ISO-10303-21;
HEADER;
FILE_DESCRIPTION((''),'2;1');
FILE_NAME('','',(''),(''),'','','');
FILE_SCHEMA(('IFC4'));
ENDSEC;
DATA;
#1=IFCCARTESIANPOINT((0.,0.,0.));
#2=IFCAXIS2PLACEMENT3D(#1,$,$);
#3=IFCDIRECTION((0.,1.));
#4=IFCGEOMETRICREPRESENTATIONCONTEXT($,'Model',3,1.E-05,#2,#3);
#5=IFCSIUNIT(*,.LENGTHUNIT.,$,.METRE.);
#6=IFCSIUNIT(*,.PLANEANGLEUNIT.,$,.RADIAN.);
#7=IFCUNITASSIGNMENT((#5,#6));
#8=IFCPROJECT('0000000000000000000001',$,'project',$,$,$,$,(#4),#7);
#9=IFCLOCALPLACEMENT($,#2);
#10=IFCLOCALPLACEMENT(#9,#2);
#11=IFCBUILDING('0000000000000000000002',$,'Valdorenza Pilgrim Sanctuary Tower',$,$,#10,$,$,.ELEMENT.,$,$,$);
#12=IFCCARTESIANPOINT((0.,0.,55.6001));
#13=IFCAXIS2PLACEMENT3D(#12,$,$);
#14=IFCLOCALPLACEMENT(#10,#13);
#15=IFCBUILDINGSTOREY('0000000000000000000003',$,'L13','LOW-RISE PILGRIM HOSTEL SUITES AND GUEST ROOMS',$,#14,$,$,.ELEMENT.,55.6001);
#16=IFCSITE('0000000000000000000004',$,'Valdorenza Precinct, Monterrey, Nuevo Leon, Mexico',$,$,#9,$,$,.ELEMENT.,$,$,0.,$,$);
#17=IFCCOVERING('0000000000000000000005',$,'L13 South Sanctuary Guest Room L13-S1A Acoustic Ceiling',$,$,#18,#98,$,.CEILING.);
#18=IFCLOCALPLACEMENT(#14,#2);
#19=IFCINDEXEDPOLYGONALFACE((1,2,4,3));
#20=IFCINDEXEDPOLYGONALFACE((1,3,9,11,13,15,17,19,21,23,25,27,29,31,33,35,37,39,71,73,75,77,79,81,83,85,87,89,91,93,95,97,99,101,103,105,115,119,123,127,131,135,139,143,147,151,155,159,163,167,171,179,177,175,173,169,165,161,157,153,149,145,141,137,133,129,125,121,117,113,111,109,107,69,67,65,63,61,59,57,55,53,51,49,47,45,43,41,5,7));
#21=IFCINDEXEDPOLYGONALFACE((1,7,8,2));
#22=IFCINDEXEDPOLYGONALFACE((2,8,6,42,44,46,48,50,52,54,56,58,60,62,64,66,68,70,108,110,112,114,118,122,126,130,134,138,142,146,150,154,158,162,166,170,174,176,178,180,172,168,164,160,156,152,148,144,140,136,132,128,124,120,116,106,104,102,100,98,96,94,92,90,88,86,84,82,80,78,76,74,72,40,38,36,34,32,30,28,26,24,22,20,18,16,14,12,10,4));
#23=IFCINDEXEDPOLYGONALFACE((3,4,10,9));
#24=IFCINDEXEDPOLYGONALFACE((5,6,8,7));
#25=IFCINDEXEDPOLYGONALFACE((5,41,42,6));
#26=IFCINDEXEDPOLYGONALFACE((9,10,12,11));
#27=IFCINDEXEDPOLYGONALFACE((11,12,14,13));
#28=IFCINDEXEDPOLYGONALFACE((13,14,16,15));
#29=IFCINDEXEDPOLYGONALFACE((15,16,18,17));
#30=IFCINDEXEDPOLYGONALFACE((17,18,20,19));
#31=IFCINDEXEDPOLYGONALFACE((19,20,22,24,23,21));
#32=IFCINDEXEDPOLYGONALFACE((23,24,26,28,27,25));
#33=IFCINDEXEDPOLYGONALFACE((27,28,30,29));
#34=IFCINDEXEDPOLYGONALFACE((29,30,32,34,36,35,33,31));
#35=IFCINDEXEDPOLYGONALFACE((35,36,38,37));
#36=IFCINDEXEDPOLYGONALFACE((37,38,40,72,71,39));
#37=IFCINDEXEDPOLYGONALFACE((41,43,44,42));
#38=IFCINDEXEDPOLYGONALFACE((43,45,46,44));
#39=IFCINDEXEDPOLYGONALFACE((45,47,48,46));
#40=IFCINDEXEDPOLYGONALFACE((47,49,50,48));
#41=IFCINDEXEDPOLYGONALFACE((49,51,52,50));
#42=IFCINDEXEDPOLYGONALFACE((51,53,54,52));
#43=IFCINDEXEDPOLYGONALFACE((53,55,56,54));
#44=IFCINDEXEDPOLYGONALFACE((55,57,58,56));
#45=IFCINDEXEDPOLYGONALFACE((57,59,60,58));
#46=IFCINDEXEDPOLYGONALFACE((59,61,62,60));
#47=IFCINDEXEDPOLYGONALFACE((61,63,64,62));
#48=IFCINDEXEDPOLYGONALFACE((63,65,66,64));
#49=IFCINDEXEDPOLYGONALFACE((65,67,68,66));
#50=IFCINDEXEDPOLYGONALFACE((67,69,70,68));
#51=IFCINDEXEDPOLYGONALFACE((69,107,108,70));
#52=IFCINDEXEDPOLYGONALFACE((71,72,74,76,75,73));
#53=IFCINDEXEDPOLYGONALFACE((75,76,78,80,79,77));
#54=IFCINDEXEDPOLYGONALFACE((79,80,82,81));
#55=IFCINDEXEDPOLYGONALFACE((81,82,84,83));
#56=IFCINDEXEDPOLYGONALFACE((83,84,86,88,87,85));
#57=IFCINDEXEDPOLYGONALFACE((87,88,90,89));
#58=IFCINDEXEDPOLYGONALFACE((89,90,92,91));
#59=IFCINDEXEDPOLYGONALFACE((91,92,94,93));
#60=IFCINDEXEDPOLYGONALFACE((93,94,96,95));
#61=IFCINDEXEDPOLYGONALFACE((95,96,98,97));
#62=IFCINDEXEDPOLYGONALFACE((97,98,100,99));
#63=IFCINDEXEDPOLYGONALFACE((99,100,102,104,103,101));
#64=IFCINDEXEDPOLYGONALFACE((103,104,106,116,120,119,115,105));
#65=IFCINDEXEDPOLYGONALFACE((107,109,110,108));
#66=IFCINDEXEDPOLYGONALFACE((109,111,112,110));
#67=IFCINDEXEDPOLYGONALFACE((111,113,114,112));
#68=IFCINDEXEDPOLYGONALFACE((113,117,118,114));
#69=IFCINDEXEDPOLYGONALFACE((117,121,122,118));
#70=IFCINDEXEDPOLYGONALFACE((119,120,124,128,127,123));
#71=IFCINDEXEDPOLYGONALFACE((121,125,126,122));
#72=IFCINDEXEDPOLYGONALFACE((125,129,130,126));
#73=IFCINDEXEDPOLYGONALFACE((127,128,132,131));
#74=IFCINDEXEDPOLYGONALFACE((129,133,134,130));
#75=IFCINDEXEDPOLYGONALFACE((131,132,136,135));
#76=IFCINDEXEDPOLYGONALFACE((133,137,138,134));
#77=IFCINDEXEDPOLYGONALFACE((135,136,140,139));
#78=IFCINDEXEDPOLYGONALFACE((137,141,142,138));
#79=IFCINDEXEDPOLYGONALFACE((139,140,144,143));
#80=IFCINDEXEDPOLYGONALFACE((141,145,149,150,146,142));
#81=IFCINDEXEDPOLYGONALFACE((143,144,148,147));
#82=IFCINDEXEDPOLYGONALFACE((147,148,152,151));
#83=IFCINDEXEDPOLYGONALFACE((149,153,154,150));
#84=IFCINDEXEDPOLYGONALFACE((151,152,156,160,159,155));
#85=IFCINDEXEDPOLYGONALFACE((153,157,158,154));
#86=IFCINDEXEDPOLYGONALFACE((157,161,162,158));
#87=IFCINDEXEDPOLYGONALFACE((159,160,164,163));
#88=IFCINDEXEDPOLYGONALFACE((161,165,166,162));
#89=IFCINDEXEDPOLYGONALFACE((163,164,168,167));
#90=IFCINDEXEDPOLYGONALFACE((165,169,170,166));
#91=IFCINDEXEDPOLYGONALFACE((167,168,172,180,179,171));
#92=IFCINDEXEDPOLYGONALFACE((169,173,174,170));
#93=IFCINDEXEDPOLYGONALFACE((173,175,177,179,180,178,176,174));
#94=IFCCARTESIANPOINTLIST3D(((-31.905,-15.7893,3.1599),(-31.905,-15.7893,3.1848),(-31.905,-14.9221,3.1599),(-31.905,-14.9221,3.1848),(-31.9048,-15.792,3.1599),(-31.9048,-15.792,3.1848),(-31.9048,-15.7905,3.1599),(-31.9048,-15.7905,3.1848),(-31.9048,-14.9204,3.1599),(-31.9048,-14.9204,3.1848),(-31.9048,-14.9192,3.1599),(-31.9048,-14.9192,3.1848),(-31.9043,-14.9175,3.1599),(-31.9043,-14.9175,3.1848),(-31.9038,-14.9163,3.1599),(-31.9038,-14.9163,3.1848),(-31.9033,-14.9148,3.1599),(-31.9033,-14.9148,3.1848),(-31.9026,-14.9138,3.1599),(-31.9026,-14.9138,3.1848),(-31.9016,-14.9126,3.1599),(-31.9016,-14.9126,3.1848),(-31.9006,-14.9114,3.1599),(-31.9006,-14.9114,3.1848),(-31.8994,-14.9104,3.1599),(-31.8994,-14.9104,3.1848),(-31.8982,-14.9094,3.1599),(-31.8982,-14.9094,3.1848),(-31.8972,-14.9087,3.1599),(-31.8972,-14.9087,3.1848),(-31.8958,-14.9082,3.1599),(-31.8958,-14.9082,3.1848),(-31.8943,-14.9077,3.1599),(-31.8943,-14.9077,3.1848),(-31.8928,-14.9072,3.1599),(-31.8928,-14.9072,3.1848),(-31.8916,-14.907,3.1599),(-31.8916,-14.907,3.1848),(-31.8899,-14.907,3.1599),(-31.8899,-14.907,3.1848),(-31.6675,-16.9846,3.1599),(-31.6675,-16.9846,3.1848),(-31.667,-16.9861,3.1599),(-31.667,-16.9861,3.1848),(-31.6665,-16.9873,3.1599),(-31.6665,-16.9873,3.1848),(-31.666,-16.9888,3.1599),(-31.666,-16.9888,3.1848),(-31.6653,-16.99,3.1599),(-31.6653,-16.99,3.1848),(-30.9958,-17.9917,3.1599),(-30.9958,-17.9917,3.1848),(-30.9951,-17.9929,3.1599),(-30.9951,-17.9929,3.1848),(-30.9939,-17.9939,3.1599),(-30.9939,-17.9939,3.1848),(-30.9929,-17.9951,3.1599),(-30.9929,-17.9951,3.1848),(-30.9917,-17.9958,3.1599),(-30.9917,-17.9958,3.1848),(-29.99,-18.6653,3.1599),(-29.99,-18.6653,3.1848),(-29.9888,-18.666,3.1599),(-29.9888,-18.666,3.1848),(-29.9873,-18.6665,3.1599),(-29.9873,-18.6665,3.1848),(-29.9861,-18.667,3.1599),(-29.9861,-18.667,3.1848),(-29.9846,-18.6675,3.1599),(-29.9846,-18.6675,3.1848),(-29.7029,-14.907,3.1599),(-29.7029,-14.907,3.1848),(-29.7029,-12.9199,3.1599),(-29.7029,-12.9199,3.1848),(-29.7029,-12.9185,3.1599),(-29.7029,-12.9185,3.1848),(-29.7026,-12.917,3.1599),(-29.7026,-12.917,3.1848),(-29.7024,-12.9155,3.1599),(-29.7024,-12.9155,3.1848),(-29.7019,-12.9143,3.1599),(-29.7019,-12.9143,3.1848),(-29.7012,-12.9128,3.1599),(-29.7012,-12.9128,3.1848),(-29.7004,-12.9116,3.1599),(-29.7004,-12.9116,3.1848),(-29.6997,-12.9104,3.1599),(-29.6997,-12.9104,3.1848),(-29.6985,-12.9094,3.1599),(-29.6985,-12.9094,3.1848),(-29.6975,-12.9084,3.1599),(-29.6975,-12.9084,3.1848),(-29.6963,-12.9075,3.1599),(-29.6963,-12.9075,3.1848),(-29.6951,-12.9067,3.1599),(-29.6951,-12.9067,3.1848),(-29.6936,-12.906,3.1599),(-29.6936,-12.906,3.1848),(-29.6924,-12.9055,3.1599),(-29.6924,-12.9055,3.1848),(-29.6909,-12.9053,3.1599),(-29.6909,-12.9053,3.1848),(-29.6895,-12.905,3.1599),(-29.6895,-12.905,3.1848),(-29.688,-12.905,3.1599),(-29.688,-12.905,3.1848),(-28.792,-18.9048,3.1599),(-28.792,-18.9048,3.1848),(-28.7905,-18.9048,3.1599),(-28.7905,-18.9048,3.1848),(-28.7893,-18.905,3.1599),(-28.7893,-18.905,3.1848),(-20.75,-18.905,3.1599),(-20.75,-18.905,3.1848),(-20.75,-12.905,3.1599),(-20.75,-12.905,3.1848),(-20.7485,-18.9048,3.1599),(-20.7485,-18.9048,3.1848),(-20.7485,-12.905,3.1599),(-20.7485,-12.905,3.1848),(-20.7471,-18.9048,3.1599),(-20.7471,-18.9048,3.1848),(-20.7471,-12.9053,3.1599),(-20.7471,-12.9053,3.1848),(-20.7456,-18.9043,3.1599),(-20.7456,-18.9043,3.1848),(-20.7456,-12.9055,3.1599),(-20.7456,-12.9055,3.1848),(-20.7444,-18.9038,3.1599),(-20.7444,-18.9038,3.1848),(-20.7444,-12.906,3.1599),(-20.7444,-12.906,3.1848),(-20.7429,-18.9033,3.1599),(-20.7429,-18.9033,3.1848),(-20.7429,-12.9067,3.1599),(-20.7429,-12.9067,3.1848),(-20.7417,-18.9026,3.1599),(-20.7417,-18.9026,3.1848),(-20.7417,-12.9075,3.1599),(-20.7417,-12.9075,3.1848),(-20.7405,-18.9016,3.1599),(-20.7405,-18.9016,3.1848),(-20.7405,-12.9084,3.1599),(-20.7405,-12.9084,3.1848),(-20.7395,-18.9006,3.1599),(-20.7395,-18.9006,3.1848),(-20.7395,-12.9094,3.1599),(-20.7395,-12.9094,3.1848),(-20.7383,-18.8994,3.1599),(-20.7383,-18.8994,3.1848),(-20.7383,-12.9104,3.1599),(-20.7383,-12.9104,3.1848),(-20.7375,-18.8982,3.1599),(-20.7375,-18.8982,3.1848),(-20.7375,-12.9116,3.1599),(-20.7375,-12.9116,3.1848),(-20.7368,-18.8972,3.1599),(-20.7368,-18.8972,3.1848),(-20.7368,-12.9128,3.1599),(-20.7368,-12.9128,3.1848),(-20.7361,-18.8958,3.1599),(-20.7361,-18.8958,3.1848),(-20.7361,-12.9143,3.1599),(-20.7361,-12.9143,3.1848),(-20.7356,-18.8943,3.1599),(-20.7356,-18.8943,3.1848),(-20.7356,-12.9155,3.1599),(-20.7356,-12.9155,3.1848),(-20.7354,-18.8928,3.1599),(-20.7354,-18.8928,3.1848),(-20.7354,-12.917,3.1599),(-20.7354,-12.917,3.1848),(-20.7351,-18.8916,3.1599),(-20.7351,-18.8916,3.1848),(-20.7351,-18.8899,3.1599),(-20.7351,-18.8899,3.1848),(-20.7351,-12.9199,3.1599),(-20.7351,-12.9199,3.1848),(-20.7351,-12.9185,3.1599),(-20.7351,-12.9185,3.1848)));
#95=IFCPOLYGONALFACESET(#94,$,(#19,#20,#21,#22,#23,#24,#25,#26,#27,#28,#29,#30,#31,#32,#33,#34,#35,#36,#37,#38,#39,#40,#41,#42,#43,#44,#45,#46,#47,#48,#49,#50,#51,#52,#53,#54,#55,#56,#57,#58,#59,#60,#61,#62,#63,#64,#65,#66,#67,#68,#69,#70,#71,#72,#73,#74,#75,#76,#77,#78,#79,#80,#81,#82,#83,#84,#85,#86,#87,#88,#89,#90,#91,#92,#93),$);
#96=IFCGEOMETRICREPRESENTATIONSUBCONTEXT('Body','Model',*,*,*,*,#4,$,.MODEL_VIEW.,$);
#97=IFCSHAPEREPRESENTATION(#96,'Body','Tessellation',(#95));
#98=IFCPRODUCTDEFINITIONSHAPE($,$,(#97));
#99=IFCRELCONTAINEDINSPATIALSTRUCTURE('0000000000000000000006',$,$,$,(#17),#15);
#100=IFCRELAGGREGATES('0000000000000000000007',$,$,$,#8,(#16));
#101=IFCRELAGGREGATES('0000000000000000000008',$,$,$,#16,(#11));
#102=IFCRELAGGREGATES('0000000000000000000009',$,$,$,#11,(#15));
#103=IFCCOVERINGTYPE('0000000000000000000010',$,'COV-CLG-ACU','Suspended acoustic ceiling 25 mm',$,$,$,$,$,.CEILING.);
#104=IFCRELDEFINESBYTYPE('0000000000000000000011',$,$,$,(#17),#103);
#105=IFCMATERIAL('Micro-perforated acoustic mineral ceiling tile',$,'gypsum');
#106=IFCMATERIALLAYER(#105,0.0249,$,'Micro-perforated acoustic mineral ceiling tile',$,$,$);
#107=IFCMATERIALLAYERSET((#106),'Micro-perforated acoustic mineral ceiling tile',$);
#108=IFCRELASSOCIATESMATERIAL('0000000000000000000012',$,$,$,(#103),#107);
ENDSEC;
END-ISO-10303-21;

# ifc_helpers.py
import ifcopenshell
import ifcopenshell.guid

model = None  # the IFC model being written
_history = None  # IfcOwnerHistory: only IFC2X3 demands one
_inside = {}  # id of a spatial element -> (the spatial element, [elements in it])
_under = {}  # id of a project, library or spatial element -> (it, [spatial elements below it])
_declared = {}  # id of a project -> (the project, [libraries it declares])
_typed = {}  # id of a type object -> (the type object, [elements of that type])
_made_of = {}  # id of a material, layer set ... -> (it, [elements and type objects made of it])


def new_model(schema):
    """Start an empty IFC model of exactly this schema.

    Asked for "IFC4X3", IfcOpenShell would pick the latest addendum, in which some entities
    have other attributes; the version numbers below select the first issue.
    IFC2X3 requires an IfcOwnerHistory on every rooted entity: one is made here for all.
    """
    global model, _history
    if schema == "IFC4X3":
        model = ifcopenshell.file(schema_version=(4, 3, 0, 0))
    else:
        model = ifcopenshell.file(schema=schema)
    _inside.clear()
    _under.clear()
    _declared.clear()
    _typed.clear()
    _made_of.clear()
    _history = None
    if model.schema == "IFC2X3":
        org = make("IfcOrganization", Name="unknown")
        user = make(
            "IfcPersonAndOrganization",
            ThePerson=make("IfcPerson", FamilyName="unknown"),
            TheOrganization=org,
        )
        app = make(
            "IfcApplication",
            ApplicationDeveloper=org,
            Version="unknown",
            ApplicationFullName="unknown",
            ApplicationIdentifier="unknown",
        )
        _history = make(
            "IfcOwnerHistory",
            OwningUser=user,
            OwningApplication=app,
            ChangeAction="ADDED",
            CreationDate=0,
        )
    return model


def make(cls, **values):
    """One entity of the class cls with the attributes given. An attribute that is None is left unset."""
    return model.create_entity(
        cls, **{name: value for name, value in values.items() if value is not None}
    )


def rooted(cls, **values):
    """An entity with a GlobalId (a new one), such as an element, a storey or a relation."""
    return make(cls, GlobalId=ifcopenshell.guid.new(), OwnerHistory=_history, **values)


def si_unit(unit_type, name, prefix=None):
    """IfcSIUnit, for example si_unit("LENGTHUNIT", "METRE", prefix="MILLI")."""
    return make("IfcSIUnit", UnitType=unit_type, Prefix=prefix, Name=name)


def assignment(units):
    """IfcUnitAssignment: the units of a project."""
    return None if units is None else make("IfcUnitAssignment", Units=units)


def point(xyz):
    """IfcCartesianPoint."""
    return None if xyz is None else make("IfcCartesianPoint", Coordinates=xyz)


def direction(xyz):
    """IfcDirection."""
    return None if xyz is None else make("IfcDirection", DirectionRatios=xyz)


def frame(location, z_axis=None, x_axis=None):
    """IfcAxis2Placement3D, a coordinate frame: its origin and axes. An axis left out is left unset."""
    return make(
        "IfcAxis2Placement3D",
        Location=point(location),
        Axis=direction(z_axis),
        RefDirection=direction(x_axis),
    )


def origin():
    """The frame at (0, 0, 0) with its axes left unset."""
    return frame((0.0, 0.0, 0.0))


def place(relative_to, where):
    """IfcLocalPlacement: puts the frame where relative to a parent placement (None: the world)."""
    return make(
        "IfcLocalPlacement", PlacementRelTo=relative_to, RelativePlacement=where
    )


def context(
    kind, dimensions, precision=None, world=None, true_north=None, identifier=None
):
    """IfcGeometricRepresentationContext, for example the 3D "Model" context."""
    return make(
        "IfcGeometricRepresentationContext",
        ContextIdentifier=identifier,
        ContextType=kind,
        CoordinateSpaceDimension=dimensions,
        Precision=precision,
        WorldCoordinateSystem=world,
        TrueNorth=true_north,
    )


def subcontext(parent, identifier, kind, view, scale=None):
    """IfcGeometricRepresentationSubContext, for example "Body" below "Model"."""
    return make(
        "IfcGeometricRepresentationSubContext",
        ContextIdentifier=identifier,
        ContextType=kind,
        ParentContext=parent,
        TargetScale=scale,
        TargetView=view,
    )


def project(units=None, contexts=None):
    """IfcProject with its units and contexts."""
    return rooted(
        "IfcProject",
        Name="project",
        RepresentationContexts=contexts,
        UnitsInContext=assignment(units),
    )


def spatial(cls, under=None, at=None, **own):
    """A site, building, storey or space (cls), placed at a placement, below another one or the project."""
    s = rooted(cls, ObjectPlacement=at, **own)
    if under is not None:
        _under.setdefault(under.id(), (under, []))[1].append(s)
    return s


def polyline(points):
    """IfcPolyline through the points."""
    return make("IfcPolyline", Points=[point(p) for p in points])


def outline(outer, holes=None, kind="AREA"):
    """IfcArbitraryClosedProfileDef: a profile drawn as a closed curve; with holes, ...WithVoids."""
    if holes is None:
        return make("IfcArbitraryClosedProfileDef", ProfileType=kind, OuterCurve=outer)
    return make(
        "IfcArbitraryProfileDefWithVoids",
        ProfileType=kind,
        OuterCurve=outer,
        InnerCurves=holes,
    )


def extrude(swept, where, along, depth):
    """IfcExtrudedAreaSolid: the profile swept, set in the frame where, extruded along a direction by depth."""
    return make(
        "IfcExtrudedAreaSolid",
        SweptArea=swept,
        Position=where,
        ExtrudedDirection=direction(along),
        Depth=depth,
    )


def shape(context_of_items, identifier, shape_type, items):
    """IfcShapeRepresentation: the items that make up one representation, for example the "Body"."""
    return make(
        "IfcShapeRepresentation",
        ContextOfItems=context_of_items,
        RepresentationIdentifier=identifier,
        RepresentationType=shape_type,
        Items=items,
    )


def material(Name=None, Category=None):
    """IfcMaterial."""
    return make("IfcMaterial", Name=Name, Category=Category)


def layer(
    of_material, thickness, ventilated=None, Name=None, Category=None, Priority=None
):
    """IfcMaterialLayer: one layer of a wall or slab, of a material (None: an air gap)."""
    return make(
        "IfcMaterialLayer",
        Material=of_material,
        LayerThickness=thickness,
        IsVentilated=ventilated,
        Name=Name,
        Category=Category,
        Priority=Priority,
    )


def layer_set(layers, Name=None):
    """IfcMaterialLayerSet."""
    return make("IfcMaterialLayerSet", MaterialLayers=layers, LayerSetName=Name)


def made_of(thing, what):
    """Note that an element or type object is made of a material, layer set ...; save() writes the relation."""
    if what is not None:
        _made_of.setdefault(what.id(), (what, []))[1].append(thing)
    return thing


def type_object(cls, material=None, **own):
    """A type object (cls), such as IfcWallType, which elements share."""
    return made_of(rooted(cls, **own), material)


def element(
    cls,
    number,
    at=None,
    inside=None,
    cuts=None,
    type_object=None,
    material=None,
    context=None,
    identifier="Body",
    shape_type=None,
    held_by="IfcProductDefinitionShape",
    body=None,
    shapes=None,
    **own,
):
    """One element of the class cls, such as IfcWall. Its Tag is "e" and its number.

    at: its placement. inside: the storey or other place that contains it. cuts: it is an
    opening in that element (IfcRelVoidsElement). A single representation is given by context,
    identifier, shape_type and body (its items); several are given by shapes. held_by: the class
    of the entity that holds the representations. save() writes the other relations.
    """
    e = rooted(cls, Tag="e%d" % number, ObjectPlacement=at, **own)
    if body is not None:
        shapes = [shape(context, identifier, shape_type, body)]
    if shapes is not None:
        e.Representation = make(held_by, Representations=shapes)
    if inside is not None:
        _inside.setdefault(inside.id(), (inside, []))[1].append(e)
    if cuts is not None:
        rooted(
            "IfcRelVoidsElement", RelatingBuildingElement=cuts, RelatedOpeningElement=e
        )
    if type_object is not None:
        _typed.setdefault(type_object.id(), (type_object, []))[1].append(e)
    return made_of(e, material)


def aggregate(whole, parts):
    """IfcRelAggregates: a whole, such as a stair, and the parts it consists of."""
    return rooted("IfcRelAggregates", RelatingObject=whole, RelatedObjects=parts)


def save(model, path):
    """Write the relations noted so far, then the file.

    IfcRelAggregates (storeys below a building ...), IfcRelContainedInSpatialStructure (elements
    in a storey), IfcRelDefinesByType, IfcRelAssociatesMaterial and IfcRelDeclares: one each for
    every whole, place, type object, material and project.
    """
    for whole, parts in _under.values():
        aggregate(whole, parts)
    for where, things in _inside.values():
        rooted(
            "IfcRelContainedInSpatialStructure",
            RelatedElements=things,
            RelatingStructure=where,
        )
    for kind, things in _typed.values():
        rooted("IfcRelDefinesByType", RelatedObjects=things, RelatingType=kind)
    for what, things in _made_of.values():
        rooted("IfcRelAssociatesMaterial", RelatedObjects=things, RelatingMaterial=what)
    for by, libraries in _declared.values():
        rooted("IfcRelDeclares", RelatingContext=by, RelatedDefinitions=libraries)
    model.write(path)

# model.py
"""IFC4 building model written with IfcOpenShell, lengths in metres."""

from ifc_helpers import new_model, si_unit, direction, frame, origin, place, context, subcontext, project, spatial, polyline, outline, extrude, material, layer, layer_set, type_object, element, save


model = new_model("IFC4")

# Units and contexts
model_context = context("Model", 3, precision=1e-05, world=origin(), true_north=direction((0.0, 1.0)))
body_context = subcontext(model_context, "Body", "Model", "MODEL_VIEW")
ifc_project = project(units=[si_unit("LENGTHUNIT", "METRE"), si_unit("PLANEANGLEUNIT", "RADIAN")], contexts=[model_context])

# Site, building, storey
site_placement = place(None, origin())
site = spatial("IfcSite", under=ifc_project, at=site_placement, Name="Valdorenza Precinct, Monterrey, Nuevo Leon, Mexico", CompositionType="ELEMENT", RefElevation=0.0)
building_placement = place(site_placement, origin())
building = spatial("IfcBuilding", under=site, at=building_placement, Name="Valdorenza Pilgrim Sanctuary Tower", CompositionType="ELEMENT")
storey_placement = place(building_placement, frame((0.0, 0.0, 55.6001)))
storey = spatial("IfcBuildingStorey", under=building, at=storey_placement, Name="L13", Description="LOW-RISE PILGRIM HOSTEL SUITES AND GUEST ROOMS", CompositionType="ELEMENT", Elevation=55.6001)

# Covering
ifc_material_1 = material(Name="Micro-perforated acoustic mineral ceiling tile", Category="gypsum")
ifc_layer_1 = layer(ifc_material_1, 0.0249, Name="Micro-perforated acoustic mineral ceiling tile")
ifc_layer_set_1 = layer_set([ifc_layer_1], Name="Micro-perforated acoustic mineral ceiling tile")
covering_type_1 = type_object("IfcCoveringType", Name="COV-CLG-ACU", Description="Suspended acoustic ceiling 25 mm", PredefinedType="CEILING", material=ifc_layer_set_1)
covering_1_placement = place(storey_placement, frame((0.0, 0.0, 3.1599)))
element("IfcCovering", 1, at=covering_1_placement, inside=storey, type_object=covering_type_1, Name="L13 South Sanctuary Guest Room L13-S1A Acoustic Ceiling", PredefinedType="CEILING", context=body_context, shape_type="SweptSolid", body=[
    extrude(outline(polyline([(-29.7029, -14.907), (-29.7029, -12.9199), (-29.7029, -12.9185), (-29.7026, -12.917), (-29.7024, -12.9155), (-29.7019, -12.9143), (-29.7012, -12.9128), (-29.7004, -12.9116), (-29.6997, -12.9104), (-29.6985, -12.9094), (-29.6975, -12.9084), (-29.6963, -12.9075), (-29.6951, -12.9067), (-29.6936, -12.906), (-29.6924, -12.9055), (-29.6909, -12.9053), (-29.6895, -12.905), (-29.688, -12.905), (-20.75, -12.905), (-20.7485, -12.905), (-20.7471, -12.9053), (-20.7456, -12.9055), (-20.7444, -12.906), (-20.7429, -12.9067), (-20.7417, -12.9075), (-20.7405, -12.9084), (-20.7395, -12.9094), (-20.7383, -12.9104), (-20.7375, -12.9116), (-20.7368, -12.9128), (-20.7361, -12.9143), (-20.7356, -12.9155), (-20.7354, -12.917), (-20.7351, -12.9185), (-20.7351, -12.9199), (-20.7351, -18.8899), (-20.7351, -18.8916), (-20.7354, -18.8928), (-20.7356, -18.8943), (-20.7361, -18.8958), (-20.7368, -18.8972), (-20.7375, -18.8982), (-20.7383, -18.8994), (-20.7395, -18.9006), (-20.7405, -18.9016), (-20.7417, -18.9026), (-20.7429, -18.9033), (-20.7444, -18.9038), (-20.7456, -18.9043), (-20.7471, -18.9048), (-20.7485, -18.9048), (-20.75, -18.905), (-28.7893, -18.905), (-28.7905, -18.9048), (-28.792, -18.9048), (-29.9846, -18.6675), (-29.9861, -18.667), (-29.9873, -18.6665), (-29.9888, -18.666), (-29.99, -18.6653), (-30.9917, -17.9958), (-30.9929, -17.9951), (-30.9939, -17.9939), (-30.9951, -17.9929), (-30.9958, -17.9917), (-31.6653, -16.99), (-31.666, -16.9888), (-31.6665, -16.9873), (-31.667, -16.9861), (-31.6675, -16.9846), (-31.9048, -15.792), (-31.9048, -15.7905), (-31.905, -15.7893), (-31.905, -14.9221), (-31.9048, -14.9204), (-31.9048, -14.9192), (-31.9043, -14.9175), (-31.9038, -14.9163), (-31.9033, -14.9148), (-31.9026, -14.9138), (-31.9016, -14.9126), (-31.9006, -14.9114), (-31.8994, -14.9104), (-31.8982, -14.9094), (-31.8972, -14.9087), (-31.8958, -14.9082), (-31.8943, -14.9077), (-31.8928, -14.9072), (-31.8916, -14.907), (-31.8899, -14.907), (-29.7029, -14.907)])), origin(), (0.0, 0.0, 1.0), 0.0249),
])

save(model, "model.ifc")
